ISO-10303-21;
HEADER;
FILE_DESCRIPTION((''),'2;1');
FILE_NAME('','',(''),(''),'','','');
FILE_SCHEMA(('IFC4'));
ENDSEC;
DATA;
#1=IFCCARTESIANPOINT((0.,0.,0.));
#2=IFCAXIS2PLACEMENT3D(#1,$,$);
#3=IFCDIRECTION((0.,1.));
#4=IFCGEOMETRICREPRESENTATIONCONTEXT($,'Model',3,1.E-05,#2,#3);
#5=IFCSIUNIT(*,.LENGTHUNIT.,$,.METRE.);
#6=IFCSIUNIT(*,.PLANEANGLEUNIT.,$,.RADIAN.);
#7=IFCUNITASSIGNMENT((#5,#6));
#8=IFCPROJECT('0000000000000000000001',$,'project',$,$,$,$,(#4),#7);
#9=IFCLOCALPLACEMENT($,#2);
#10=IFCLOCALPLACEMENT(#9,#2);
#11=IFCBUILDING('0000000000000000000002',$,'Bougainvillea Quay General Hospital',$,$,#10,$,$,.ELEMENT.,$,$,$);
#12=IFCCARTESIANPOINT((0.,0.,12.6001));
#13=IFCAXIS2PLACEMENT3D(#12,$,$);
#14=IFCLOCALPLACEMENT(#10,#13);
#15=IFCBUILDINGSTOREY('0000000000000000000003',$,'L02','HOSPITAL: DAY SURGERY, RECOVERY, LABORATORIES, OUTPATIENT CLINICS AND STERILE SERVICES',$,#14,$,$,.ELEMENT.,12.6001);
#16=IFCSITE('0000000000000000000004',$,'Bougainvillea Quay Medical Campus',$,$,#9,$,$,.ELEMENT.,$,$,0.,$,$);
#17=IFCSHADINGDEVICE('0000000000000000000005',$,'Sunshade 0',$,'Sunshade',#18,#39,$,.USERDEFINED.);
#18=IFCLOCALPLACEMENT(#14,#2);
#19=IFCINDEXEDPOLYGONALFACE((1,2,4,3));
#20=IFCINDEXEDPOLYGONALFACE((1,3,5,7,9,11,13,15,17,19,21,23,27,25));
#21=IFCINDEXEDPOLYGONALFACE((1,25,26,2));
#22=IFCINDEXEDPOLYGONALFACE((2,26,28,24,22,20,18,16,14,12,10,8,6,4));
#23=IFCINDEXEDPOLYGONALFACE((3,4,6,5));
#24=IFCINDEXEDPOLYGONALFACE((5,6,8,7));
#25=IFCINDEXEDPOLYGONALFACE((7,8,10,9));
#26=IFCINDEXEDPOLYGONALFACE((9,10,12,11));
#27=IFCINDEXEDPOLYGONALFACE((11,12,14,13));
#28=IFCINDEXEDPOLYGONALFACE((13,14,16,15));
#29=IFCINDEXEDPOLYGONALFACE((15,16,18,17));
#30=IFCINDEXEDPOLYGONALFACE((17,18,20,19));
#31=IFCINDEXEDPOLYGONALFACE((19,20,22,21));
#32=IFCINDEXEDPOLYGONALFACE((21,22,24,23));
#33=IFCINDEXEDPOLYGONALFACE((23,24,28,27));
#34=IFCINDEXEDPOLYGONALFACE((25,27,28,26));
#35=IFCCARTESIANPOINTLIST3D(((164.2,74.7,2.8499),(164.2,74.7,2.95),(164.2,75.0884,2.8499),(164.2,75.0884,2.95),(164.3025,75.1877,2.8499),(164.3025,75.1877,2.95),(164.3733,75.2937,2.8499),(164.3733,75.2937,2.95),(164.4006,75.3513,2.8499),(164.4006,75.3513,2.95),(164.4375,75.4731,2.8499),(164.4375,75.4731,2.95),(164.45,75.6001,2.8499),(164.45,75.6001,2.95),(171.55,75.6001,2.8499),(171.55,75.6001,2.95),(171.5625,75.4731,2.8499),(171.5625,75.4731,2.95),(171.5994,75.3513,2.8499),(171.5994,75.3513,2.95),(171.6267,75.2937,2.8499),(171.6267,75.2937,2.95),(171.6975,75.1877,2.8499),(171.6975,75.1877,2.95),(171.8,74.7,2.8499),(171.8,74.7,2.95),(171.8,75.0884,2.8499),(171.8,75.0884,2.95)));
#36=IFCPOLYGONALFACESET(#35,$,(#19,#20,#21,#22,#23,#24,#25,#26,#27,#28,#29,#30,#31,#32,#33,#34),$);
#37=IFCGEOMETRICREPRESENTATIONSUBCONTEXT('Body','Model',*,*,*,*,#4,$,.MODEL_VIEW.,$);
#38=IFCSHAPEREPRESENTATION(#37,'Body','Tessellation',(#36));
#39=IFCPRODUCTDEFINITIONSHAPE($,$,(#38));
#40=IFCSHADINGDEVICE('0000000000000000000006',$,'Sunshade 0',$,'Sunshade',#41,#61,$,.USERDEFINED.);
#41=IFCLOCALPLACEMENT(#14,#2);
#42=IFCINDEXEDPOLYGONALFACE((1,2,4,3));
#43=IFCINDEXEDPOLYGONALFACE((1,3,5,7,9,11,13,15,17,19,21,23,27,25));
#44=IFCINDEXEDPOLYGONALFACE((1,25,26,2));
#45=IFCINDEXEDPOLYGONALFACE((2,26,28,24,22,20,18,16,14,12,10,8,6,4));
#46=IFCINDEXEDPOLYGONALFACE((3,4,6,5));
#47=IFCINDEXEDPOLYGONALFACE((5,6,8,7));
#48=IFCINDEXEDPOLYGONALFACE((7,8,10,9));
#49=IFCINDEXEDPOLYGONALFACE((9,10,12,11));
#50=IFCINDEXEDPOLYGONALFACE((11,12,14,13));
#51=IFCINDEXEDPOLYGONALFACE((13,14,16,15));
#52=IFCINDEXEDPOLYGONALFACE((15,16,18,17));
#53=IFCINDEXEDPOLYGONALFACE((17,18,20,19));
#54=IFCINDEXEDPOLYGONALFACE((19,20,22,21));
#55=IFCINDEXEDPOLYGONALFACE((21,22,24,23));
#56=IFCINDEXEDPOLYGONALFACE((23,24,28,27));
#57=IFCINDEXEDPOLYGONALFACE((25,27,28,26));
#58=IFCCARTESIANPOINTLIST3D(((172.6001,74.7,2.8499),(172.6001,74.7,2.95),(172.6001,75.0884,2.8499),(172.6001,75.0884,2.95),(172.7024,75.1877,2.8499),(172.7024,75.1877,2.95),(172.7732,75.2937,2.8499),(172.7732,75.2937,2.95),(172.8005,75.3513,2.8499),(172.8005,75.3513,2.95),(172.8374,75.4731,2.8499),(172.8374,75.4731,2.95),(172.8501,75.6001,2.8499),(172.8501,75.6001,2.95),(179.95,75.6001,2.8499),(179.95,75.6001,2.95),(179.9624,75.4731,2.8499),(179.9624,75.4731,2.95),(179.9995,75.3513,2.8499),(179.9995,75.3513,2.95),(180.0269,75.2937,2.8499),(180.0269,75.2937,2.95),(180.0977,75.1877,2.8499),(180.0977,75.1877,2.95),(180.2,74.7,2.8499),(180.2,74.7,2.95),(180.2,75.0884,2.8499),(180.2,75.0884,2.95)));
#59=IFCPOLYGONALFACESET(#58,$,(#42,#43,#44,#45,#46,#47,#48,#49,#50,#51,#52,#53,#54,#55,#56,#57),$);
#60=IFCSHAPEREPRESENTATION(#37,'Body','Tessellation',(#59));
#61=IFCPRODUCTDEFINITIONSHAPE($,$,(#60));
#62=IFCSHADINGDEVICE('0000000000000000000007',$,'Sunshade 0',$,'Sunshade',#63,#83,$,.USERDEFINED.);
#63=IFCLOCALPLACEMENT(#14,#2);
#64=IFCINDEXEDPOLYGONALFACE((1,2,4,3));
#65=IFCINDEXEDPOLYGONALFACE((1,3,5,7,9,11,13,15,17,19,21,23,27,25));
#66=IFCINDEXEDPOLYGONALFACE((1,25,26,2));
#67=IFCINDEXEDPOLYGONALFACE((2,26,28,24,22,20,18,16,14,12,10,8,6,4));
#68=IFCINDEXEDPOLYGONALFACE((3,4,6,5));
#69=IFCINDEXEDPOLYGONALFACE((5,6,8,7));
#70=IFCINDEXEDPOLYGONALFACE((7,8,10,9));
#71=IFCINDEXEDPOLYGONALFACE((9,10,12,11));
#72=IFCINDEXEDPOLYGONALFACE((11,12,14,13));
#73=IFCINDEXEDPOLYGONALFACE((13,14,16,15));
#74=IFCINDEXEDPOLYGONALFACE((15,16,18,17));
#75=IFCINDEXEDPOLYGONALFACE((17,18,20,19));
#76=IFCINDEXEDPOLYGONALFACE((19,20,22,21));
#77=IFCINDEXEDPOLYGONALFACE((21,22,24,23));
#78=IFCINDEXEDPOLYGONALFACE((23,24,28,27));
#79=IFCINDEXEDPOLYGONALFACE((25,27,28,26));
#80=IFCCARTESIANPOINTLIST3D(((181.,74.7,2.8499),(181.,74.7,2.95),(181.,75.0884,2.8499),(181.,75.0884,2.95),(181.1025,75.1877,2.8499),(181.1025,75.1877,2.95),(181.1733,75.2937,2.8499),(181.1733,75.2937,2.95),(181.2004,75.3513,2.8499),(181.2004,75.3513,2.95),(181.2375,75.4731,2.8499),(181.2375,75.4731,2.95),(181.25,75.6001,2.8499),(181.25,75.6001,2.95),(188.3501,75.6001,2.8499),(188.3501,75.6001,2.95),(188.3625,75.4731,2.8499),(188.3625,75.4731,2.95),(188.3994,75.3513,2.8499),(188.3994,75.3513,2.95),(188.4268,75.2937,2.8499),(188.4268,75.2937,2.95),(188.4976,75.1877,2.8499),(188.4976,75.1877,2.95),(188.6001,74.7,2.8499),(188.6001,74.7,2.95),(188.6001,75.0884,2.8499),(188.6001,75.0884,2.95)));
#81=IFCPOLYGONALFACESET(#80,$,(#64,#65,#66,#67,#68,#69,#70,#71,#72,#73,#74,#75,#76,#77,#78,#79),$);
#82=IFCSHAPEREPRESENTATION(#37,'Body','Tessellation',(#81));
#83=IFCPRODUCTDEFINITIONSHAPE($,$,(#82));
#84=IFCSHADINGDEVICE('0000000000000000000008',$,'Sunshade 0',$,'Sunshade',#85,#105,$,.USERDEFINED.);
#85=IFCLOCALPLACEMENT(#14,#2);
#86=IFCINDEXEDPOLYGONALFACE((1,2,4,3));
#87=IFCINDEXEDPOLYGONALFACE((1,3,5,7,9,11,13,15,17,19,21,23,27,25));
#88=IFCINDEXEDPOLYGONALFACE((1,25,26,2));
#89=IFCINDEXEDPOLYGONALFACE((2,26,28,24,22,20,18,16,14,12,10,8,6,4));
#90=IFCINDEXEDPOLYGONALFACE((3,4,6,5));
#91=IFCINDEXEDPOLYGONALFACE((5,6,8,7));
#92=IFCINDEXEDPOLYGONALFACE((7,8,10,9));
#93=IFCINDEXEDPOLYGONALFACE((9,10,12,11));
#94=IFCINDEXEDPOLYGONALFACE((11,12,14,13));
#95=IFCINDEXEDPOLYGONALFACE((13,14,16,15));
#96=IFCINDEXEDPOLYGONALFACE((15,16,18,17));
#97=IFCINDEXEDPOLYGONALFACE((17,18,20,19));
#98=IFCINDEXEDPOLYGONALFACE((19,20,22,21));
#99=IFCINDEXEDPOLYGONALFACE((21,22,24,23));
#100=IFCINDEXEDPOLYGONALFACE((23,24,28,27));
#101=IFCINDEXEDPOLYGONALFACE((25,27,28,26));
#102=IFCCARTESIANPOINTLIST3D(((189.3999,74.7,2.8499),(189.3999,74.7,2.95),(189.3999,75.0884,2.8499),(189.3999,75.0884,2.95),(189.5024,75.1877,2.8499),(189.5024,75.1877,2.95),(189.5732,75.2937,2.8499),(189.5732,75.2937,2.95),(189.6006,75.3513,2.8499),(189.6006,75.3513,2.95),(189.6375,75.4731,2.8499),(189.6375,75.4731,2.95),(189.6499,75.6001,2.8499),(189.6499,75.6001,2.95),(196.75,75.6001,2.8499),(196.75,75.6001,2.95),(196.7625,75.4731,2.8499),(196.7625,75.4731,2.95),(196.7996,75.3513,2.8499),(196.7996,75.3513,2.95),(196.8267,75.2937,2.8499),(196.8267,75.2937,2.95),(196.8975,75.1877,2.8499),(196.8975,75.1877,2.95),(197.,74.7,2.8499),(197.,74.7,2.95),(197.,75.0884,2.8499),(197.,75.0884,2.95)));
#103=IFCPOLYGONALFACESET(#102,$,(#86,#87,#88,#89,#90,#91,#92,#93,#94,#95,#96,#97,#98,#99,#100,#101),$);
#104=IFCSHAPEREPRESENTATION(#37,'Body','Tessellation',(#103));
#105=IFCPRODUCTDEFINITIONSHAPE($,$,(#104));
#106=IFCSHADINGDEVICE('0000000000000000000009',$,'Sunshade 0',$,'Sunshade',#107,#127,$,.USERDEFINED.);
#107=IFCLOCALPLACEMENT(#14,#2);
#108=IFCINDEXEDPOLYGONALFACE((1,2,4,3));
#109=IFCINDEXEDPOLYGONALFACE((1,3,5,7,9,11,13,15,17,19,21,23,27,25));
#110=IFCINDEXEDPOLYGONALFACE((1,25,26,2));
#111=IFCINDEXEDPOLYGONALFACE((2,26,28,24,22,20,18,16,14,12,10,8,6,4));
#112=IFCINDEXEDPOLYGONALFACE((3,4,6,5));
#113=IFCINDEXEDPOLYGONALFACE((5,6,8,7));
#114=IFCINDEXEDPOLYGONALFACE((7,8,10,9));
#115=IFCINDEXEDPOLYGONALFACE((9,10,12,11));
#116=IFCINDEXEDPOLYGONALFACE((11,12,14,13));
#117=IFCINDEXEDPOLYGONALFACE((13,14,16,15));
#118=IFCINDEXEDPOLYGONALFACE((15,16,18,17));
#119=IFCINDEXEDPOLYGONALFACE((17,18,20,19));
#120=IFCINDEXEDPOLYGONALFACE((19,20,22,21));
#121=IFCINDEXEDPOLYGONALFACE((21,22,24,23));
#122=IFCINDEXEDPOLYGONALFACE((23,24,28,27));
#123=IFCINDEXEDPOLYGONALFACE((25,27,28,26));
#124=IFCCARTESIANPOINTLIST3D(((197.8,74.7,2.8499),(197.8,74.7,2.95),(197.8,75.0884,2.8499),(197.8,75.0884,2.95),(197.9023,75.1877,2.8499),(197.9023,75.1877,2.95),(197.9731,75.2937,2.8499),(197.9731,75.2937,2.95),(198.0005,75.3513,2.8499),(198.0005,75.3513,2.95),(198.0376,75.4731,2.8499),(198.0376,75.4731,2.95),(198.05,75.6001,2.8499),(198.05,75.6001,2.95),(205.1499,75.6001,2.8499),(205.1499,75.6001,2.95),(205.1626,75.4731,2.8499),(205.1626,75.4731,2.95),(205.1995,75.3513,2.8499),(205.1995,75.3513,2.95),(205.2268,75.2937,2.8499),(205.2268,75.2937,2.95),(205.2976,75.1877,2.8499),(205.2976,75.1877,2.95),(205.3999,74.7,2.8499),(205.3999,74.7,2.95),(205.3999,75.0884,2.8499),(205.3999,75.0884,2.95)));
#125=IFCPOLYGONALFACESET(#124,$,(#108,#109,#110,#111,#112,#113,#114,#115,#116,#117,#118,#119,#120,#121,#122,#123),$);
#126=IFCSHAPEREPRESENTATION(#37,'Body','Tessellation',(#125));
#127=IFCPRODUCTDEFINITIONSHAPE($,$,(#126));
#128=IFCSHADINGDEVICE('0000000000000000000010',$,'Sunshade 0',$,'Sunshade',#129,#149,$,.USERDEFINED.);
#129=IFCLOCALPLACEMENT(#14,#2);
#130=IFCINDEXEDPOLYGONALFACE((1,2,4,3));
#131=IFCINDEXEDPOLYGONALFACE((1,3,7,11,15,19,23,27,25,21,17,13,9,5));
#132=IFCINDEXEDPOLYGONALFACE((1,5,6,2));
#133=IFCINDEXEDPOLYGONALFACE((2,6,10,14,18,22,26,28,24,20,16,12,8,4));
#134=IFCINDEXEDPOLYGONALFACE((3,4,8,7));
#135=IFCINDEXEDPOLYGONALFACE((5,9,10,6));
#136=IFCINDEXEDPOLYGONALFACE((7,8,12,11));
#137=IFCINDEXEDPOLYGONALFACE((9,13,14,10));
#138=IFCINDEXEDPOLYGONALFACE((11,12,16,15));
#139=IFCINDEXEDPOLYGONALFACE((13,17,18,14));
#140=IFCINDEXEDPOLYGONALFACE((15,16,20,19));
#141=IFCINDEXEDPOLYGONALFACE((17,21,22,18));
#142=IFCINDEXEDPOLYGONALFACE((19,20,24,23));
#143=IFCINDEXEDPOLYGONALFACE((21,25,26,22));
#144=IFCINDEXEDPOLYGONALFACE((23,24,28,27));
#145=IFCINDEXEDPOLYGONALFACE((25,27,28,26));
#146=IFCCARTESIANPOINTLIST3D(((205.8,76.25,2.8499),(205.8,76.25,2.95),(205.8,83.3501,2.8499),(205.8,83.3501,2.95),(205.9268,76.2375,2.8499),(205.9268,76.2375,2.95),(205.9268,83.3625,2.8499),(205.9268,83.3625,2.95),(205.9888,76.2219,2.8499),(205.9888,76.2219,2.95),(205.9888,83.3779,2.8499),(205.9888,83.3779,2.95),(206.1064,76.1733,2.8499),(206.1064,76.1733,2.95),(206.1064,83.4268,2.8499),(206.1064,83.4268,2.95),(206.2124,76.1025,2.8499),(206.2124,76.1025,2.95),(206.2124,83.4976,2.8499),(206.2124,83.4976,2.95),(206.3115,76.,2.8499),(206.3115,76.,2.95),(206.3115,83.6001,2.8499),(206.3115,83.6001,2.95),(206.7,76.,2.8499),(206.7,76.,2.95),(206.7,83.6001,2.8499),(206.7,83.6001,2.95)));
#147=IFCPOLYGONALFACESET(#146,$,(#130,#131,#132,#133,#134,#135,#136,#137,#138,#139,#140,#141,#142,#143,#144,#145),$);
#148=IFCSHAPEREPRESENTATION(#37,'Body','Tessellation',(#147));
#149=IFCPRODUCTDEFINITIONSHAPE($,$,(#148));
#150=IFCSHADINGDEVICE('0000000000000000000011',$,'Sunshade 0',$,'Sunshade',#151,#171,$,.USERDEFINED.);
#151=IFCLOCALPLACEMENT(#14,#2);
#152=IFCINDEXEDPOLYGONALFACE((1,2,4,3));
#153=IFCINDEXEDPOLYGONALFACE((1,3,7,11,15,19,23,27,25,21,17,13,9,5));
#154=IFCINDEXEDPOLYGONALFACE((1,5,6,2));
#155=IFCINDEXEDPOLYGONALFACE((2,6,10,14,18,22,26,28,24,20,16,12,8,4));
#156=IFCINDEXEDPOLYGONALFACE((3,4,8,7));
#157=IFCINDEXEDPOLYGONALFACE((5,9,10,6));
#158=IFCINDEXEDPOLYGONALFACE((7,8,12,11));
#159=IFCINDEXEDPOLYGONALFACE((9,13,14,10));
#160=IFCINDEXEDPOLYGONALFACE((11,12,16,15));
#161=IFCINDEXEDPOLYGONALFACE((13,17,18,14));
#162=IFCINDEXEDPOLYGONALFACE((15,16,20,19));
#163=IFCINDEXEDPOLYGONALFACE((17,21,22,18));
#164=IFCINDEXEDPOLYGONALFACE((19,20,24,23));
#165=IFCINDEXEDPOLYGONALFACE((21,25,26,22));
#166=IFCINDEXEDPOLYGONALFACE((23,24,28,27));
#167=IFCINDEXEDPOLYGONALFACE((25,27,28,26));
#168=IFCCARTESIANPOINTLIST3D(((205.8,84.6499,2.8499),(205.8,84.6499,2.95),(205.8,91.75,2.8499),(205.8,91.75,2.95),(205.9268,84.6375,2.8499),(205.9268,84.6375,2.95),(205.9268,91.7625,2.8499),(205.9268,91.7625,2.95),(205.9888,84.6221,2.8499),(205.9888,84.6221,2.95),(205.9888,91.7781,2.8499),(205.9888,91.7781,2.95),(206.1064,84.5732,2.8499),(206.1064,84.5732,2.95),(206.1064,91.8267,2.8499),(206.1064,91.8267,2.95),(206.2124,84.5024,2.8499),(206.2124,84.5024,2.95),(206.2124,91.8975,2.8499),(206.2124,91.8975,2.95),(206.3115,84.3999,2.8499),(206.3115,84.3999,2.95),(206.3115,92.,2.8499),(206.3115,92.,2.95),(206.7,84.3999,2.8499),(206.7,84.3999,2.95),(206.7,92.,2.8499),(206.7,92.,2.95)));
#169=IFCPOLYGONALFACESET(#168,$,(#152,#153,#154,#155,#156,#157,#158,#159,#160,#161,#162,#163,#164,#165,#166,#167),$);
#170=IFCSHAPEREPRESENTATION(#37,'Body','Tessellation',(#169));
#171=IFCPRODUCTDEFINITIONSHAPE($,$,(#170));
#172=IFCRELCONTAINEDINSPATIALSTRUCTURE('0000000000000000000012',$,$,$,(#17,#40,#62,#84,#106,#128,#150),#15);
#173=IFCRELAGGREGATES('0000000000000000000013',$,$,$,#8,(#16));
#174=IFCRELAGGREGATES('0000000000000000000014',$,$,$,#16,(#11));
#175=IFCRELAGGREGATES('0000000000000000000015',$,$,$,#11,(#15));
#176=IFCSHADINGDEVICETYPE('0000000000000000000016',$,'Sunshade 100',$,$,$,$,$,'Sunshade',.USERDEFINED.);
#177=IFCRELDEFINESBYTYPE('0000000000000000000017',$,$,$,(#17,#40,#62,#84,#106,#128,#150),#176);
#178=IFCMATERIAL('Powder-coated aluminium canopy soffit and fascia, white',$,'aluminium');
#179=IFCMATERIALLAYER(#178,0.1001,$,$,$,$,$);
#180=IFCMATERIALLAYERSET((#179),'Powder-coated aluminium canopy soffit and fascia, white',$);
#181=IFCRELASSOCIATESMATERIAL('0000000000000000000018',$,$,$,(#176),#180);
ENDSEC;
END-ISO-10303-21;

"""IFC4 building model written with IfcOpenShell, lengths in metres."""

from ifc_helpers import new_model, si_unit, direction, frame, origin, place, context, subcontext, project, spatial, polyline, outline, extrude, material, layer, layer_set, type_object, element, save


model = new_model("IFC4")

# Units and contexts
model_context = context("Model", 3, precision=1e-05, world=origin(), true_north=direction((0.0, 1.0)))
body_context = subcontext(model_context, "Body", "Model", "MODEL_VIEW")
ifc_project = project(units=[si_unit("LENGTHUNIT", "METRE"), si_unit("PLANEANGLEUNIT", "RADIAN")], contexts=[model_context])

# Site, building, storey
site_placement = place(None, origin())
site = spatial("IfcSite", under=ifc_project, at=site_placement, Name="Bougainvillea Quay Medical Campus", CompositionType="ELEMENT", RefElevation=0.0)
building_placement = place(site_placement, origin())
building = spatial("IfcBuilding", under=site, at=building_placement, Name="Bougainvillea Quay General Hospital", CompositionType="ELEMENT")
storey_placement = place(building_placement, frame((0.0, 0.0, 12.6001)))
storey = spatial("IfcBuildingStorey", under=building, at=storey_placement, Name="L02", Description="HOSPITAL: DAY SURGERY, RECOVERY, LABORATORIES, OUTPATIENT CLINICS AND STERILE SERVICES", CompositionType="ELEMENT", Elevation=12.6001)

# Shading devices
ifc_material_1 = material(Name="Powder-coated aluminium canopy soffit and fascia, white", Category="aluminium")
ifc_layer_1 = layer(ifc_material_1, 0.1001)
ifc_layer_set_1 = layer_set([ifc_layer_1], Name="Powder-coated aluminium canopy soffit and fascia, white")
shading_device_type = type_object("IfcShadingDeviceType", Name="Sunshade 100", ElementType="Sunshade", PredefinedType="USERDEFINED", material=ifc_layer_set_1)
shading_device_1_placement = place(storey_placement, frame((0.0, 0.0, 2.8499)))
element("IfcShadingDevice", 1, at=shading_device_1_placement, inside=storey, type_object=shading_device_type, Name="Sunshade 0", ObjectType="Sunshade", PredefinedType="USERDEFINED", context=body_context, shape_type="SweptSolid", body=[
    extrude(outline(polyline([(171.55, 75.6001), (164.45, 75.6001), (164.4375, 75.4731), (164.4006, 75.3513), (164.3733, 75.2937), (164.3025, 75.1877), (164.2, 75.0884), (164.2, 74.7), (171.8, 74.7), (171.8, 75.0884), (171.6975, 75.1877), (171.6267, 75.2937), (171.5994, 75.3513), (171.5625, 75.4731), (171.55, 75.6001)])), origin(), (0.0, 0.0, 1.0), 0.1001),
])
shading_device_2_placement = place(storey_placement, frame((0.0, 0.0, 2.8499)))
element("IfcShadingDevice", 2, at=shading_device_2_placement, inside=storey, type_object=shading_device_type, Name="Sunshade 0", ObjectType="Sunshade", PredefinedType="USERDEFINED", context=body_context, shape_type="SweptSolid", body=[
    extrude(outline(polyline([(179.95, 75.6001), (172.8501, 75.6001), (172.8374, 75.4731), (172.8005, 75.3513), (172.7732, 75.2937), (172.7024, 75.1877), (172.6001, 75.0884), (172.6001, 74.7), (180.2, 74.7), (180.2, 75.0884), (180.0977, 75.1877), (180.0269, 75.2937), (179.9995, 75.3513), (179.9624, 75.4731), (179.95, 75.6001)])), origin(), (0.0, 0.0, 1.0), 0.1001),
])
shading_device_3_placement = place(storey_placement, frame((0.0, 0.0, 2.8499)))
element("IfcShadingDevice", 3, at=shading_device_3_placement, inside=storey, type_object=shading_device_type, Name="Sunshade 0", ObjectType="Sunshade", PredefinedType="USERDEFINED", context=body_context, shape_type="SweptSolid", body=[
    extrude(outline(polyline([(188.3501, 75.6001), (181.25, 75.6001), (181.2375, 75.4731), (181.2004, 75.3513), (181.1733, 75.2937), (181.1025, 75.1877), (181.0, 75.0884), (181.0, 74.7), (188.6001, 74.7), (188.6001, 75.0884), (188.4976, 75.1877), (188.4268, 75.2937), (188.3994, 75.3513), (188.3625, 75.4731), (188.3501, 75.6001)])), origin(), (0.0, 0.0, 1.0), 0.1001),
])
shading_device_4_placement = place(storey_placement, frame((0.0, 0.0, 2.8499)))
element("IfcShadingDevice", 4, at=shading_device_4_placement, inside=storey, type_object=shading_device_type, Name="Sunshade 0", ObjectType="Sunshade", PredefinedType="USERDEFINED", context=body_context, shape_type="SweptSolid", body=[
    extrude(outline(polyline([(196.75, 75.6001), (189.6499, 75.6001), (189.6375, 75.4731), (189.6006, 75.3513), (189.5732, 75.2937), (189.5024, 75.1877), (189.3999, 75.0884), (189.3999, 74.7), (197.0, 74.7), (197.0, 75.0884), (196.8975, 75.1877), (196.8267, 75.2937), (196.7996, 75.3513), (196.7625, 75.4731), (196.75, 75.6001)])), origin(), (0.0, 0.0, 1.0), 0.1001),
])
shading_device_5_placement = place(storey_placement, frame((0.0, 0.0, 2.8499)))
element("IfcShadingDevice", 5, at=shading_device_5_placement, inside=storey, type_object=shading_device_type, Name="Sunshade 0", ObjectType="Sunshade", PredefinedType="USERDEFINED", context=body_context, shape_type="SweptSolid", body=[
    extrude(outline(polyline([(205.1499, 75.6001), (198.05, 75.6001), (198.0376, 75.4731), (198.0005, 75.3513), (197.9731, 75.2937), (197.9023, 75.1877), (197.8, 75.0884), (197.8, 74.7), (205.3999, 74.7), (205.3999, 75.0884), (205.2976, 75.1877), (205.2268, 75.2937), (205.1995, 75.3513), (205.1626, 75.4731), (205.1499, 75.6001)])), origin(), (0.0, 0.0, 1.0), 0.1001),
])
shading_device_6_placement = place(storey_placement, frame((0.0, 0.0, 2.8499)))
element("IfcShadingDevice", 6, at=shading_device_6_placement, inside=storey, type_object=shading_device_type, Name="Sunshade 0", ObjectType="Sunshade", PredefinedType="USERDEFINED", context=body_context, shape_type="SweptSolid", body=[
    extrude(outline(polyline([(205.8, 83.3501), (205.8, 76.25), (205.9268, 76.2375), (205.9888, 76.2219), (206.1064, 76.1733), (206.2124, 76.1025), (206.3115, 76.0), (206.7, 76.0), (206.7, 83.6001), (206.3115, 83.6001), (206.2124, 83.4976), (206.1064, 83.4268), (205.9888, 83.3779), (205.9268, 83.3625), (205.8, 83.3501)])), origin(), (0.0, 0.0, 1.0), 0.1001),
])
shading_device_7_placement = place(storey_placement, frame((0.0, 0.0, 2.8499)))
element("IfcShadingDevice", 7, at=shading_device_7_placement, inside=storey, type_object=shading_device_type, Name="Sunshade 0", ObjectType="Sunshade", PredefinedType="USERDEFINED", context=body_context, shape_type="SweptSolid", body=[
    extrude(outline(polyline([(205.8, 91.75), (205.8, 84.6499), (205.9268, 84.6375), (205.9888, 84.6221), (206.1064, 84.5732), (206.2124, 84.5024), (206.3115, 84.3999), (206.7, 84.3999), (206.7, 92.0), (206.3115, 92.0), (206.2124, 91.8975), (206.1064, 91.8267), (205.9888, 91.7781), (205.9268, 91.7625), (205.8, 91.75)])), origin(), (0.0, 0.0, 1.0), 0.1001),
])

save(model, "model.ifc")
